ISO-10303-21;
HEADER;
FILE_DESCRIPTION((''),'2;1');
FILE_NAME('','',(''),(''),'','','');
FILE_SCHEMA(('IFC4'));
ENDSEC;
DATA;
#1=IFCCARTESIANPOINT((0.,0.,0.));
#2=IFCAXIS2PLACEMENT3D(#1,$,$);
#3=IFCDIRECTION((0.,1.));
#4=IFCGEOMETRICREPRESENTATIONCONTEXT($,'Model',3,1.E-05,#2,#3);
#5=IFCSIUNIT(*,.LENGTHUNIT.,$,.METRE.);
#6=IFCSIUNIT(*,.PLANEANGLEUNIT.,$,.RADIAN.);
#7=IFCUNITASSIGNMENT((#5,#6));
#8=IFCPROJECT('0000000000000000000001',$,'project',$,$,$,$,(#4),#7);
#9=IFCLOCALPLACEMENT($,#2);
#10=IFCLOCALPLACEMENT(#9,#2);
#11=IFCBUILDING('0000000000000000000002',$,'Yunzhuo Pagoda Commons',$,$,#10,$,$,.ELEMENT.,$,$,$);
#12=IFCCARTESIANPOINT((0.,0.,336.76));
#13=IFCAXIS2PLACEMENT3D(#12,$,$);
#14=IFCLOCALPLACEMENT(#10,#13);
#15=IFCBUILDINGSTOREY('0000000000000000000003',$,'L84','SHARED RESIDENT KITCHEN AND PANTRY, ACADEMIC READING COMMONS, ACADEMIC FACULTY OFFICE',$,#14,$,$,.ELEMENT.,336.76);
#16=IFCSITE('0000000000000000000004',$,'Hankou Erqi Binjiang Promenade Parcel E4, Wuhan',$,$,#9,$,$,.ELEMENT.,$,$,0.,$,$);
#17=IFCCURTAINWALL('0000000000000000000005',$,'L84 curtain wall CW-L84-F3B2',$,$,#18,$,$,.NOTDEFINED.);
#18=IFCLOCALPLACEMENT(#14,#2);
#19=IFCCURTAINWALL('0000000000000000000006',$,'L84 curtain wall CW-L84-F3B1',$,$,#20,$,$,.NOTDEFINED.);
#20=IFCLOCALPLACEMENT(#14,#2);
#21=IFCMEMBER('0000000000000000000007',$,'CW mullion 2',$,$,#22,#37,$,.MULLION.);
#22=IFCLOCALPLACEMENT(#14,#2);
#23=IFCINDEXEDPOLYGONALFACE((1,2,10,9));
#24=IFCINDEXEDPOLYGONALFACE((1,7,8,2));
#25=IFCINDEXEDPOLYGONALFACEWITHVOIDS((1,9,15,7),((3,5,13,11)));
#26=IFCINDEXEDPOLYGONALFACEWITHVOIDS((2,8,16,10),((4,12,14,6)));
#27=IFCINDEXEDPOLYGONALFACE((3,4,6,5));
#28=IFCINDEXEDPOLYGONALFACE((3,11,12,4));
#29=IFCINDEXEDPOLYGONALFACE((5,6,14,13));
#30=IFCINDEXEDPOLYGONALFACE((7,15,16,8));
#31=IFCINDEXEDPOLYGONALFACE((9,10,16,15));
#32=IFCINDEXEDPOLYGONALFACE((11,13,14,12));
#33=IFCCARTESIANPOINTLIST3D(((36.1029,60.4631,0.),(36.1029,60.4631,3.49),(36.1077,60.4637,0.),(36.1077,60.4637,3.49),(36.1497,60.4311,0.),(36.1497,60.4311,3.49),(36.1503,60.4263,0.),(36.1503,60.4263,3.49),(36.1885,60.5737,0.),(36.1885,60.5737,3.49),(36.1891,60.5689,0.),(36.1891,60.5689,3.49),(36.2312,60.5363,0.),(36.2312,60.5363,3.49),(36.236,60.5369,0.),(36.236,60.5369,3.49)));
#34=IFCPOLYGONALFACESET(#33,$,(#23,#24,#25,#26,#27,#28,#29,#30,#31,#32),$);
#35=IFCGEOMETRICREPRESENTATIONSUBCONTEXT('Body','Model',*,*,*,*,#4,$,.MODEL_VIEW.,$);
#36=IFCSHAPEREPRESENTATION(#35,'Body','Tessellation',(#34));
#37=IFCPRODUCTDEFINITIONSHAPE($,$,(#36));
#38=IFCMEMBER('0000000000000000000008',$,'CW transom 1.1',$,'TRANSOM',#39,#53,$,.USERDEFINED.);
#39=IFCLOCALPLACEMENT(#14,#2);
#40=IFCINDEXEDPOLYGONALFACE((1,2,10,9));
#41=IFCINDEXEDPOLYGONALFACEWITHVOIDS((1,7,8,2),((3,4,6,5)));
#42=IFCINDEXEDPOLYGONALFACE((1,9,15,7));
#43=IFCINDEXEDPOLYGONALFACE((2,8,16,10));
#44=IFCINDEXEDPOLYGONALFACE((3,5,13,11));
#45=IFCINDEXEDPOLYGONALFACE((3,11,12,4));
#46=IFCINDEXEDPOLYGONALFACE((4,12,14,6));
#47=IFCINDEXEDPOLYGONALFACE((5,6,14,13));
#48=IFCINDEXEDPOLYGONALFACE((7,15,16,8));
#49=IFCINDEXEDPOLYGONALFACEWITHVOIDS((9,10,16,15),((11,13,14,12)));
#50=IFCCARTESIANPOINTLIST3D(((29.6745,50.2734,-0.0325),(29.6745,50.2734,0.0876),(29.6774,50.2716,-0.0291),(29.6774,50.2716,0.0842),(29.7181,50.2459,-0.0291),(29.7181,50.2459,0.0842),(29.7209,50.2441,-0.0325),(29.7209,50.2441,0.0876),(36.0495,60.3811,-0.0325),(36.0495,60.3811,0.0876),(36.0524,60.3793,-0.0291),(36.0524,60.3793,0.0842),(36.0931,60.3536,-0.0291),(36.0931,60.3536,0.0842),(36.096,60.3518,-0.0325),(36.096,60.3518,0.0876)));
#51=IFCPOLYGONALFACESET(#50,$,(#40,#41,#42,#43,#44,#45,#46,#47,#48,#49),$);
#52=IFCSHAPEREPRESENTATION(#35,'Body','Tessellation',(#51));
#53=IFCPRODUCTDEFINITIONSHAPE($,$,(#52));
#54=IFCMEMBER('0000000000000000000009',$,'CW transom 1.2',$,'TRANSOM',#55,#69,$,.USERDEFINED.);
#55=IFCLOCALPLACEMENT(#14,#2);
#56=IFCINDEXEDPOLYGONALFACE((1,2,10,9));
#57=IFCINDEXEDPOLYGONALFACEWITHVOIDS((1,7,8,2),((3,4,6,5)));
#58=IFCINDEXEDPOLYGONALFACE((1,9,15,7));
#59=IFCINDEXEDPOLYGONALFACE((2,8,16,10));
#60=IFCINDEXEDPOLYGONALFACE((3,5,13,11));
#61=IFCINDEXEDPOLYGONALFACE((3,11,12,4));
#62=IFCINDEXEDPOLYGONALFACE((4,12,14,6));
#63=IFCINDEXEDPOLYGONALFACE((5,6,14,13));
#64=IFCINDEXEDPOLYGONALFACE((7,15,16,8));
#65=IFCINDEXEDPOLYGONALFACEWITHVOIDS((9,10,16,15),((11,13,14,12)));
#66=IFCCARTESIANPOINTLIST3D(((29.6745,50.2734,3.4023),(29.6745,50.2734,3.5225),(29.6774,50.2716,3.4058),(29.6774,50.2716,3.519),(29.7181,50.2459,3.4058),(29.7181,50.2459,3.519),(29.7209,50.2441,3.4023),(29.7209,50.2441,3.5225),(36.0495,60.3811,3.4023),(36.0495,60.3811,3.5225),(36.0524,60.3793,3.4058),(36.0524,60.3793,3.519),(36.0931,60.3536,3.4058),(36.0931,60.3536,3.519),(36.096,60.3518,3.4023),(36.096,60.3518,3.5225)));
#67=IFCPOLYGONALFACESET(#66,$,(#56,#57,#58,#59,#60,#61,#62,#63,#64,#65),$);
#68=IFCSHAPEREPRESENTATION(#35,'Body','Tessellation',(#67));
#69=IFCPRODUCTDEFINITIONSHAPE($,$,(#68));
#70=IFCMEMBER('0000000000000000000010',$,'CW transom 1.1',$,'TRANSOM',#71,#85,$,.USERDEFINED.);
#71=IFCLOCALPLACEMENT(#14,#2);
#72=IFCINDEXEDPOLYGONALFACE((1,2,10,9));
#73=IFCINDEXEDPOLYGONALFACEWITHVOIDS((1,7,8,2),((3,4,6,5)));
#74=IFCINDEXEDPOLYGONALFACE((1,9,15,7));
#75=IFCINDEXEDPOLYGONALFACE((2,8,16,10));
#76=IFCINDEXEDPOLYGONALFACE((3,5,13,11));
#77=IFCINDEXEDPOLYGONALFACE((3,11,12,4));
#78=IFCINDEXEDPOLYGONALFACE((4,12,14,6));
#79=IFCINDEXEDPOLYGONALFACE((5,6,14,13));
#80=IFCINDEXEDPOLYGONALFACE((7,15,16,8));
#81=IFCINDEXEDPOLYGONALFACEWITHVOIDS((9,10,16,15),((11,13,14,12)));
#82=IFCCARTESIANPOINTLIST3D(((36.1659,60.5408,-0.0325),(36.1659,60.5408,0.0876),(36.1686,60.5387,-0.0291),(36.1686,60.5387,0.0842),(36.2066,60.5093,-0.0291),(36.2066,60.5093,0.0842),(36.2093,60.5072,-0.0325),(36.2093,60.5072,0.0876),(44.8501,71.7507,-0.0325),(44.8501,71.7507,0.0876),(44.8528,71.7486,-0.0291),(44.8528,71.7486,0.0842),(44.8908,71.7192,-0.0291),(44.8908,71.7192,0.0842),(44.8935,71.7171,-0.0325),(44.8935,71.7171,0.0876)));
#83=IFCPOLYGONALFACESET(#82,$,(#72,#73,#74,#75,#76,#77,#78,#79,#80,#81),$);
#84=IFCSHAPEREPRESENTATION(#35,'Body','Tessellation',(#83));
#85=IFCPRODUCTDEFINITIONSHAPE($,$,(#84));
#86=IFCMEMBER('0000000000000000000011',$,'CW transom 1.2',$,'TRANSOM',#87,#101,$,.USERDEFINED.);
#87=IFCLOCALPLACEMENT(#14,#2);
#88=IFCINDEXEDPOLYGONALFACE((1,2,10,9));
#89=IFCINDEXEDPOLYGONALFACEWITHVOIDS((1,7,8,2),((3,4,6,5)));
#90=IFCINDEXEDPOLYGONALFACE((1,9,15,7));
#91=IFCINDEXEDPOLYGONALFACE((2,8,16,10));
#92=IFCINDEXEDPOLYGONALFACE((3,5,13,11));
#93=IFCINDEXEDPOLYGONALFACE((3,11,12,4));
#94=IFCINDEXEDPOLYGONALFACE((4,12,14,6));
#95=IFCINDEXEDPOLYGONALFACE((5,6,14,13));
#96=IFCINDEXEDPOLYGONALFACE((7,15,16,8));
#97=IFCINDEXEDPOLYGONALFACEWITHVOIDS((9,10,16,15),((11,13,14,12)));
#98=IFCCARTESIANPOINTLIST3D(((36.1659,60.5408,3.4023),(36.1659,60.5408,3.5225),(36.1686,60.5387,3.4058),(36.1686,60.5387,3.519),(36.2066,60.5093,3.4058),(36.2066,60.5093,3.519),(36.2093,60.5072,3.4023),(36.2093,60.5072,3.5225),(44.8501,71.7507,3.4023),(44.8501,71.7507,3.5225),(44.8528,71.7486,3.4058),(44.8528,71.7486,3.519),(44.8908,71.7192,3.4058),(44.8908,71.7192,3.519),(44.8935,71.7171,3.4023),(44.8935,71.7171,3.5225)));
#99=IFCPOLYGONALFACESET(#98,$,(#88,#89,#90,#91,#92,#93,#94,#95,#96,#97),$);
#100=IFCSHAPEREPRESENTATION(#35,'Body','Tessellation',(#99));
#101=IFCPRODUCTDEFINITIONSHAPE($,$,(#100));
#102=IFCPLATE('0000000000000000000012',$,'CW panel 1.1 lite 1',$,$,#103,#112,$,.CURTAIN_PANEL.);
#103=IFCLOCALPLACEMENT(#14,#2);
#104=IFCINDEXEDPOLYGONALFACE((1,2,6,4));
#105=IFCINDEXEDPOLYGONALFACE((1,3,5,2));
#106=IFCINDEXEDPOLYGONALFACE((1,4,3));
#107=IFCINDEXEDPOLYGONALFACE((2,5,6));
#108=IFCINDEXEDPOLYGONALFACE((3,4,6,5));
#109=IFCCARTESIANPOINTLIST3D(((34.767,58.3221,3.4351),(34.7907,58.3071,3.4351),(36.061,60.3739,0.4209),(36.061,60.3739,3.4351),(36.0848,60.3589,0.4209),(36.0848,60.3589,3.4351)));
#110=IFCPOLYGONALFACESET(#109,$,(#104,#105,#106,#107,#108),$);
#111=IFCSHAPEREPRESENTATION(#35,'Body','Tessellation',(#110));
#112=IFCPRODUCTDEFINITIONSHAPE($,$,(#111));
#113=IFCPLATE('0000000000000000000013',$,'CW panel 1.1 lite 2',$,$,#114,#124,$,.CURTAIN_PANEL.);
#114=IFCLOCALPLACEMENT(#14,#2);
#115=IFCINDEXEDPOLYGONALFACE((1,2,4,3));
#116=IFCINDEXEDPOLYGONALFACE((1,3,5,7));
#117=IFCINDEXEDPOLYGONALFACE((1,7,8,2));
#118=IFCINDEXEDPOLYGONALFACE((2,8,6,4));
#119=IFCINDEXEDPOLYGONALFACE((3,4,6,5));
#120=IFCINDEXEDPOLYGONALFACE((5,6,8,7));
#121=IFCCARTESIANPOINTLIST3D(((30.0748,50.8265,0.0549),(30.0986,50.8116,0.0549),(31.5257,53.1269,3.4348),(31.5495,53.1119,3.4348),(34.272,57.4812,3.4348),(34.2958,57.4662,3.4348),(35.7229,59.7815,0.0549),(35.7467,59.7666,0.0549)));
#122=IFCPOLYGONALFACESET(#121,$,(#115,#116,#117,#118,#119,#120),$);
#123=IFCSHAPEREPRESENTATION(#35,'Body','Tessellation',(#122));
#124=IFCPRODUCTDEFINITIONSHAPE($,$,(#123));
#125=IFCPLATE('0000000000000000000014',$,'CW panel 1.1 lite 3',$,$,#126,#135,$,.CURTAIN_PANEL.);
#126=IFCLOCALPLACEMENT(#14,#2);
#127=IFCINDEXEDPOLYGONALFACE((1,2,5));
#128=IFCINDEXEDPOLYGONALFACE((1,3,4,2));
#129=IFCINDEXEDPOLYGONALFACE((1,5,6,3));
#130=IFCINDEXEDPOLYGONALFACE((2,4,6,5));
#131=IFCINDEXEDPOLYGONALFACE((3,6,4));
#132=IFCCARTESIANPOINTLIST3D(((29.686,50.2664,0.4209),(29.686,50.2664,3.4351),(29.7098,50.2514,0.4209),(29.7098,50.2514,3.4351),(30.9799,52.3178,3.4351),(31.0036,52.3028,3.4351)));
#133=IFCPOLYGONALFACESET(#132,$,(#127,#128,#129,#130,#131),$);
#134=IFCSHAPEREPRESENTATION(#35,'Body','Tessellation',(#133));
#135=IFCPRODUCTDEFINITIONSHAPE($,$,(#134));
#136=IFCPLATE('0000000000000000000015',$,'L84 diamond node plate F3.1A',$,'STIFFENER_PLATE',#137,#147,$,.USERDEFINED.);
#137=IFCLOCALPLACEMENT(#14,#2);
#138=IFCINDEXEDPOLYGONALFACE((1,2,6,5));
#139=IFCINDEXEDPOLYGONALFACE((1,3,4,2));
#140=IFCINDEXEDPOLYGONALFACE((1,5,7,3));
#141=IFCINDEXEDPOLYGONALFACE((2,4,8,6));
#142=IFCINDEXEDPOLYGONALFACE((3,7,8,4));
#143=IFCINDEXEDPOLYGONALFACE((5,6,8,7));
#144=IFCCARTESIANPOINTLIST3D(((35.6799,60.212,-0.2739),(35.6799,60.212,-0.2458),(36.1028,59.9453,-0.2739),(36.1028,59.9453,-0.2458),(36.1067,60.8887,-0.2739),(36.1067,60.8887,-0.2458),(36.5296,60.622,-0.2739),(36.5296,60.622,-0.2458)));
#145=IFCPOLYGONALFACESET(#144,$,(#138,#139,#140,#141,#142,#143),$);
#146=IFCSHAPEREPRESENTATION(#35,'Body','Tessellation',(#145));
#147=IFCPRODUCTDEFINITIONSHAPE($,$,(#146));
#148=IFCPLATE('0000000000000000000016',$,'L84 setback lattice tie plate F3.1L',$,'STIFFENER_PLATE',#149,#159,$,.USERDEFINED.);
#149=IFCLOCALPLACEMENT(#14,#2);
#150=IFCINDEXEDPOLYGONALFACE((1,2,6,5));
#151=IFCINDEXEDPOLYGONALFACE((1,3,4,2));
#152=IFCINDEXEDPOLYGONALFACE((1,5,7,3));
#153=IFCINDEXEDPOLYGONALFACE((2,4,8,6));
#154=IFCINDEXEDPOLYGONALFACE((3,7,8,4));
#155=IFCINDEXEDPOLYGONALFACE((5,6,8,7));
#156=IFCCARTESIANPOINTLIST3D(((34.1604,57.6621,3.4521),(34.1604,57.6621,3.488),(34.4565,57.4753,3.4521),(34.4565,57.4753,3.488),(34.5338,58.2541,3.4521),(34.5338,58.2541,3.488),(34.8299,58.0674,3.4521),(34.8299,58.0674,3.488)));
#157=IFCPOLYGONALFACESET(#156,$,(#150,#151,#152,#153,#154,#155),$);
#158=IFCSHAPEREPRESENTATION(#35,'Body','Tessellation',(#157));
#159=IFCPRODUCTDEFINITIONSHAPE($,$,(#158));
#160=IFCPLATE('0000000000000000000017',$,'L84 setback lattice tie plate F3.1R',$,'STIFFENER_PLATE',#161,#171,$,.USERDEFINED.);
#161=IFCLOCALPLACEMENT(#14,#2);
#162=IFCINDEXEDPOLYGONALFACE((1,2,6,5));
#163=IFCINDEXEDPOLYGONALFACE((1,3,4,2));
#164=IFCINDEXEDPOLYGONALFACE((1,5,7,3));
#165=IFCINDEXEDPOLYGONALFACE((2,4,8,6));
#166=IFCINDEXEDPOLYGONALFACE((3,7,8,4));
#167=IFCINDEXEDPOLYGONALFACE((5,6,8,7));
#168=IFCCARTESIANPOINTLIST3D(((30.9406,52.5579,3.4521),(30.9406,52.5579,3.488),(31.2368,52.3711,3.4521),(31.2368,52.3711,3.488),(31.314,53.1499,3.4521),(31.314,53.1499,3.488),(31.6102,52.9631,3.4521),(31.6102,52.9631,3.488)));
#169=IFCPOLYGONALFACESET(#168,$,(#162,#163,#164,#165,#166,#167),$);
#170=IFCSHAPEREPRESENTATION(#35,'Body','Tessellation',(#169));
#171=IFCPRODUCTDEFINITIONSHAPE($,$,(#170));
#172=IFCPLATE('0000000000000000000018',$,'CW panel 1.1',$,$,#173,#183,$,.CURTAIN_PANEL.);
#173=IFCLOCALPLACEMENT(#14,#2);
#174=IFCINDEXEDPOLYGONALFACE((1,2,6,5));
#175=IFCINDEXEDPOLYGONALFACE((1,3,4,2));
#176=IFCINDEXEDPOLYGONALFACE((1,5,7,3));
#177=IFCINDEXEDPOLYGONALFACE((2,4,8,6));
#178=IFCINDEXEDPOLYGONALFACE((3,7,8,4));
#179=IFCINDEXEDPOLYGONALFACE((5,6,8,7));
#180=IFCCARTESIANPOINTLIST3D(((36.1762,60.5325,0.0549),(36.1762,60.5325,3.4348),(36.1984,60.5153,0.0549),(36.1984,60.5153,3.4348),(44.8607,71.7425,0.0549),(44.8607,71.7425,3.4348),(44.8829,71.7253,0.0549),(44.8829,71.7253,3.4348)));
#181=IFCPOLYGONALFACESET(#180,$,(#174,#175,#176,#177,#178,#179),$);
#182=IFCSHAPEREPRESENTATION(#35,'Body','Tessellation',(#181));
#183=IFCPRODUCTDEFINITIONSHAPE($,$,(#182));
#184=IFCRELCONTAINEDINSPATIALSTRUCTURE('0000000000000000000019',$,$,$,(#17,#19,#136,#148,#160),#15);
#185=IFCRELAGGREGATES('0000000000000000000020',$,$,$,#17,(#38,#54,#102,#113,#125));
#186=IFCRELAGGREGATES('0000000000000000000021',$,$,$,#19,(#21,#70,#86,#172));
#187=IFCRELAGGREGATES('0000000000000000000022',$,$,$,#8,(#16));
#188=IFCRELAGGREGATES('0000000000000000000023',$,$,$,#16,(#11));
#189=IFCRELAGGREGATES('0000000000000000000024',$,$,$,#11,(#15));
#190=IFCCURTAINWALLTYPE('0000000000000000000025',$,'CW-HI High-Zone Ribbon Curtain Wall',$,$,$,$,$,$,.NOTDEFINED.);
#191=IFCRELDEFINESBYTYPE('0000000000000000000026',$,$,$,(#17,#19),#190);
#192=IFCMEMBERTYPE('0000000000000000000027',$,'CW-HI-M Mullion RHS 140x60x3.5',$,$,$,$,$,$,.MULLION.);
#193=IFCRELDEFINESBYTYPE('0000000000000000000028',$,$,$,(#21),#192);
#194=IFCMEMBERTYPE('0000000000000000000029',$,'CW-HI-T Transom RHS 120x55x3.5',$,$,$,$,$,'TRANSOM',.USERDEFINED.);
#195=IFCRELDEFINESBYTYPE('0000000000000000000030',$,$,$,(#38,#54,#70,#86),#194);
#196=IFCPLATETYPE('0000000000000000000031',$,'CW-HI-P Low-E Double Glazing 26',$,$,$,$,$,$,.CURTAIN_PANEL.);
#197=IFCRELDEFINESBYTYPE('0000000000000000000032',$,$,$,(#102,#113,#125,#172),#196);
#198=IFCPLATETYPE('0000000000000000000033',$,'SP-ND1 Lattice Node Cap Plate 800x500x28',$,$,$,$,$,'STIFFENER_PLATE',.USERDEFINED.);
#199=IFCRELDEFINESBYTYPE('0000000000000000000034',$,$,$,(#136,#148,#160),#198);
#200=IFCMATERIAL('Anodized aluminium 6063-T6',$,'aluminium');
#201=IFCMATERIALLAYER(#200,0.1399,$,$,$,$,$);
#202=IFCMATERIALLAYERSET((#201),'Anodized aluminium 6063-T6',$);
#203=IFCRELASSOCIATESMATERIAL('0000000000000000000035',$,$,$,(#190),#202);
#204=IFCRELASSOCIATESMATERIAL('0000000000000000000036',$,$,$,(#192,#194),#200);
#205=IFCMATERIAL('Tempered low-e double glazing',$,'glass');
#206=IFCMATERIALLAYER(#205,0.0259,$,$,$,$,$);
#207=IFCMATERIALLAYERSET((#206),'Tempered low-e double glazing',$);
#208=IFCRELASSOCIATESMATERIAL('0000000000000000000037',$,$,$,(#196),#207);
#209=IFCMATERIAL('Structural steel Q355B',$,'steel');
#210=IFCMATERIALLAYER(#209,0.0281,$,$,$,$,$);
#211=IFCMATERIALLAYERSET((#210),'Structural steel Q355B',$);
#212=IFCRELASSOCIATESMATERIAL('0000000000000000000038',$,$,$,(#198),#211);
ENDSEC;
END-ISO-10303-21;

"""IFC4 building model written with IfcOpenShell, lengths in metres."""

from ifc_helpers import new_model, si_unit, direction, frame, origin, origin_2d, place, context, subcontext, project, spatial, polyline, rectangle, hollow_rectangle, outline, extrude, source, transform, mapped, material, layer, layer_set, material_profile, profile_set, type_object, element, aggregate, save


model = new_model("IFC4")

# Units and contexts
model_context = context("Model", 3, precision=1e-05, world=origin(), true_north=direction((0.0, 1.0)))
body_context = subcontext(model_context, "Body", "Model", "MODEL_VIEW")
ifc_project = project(units=[si_unit("LENGTHUNIT", "METRE"), si_unit("PLANEANGLEUNIT", "RADIAN")], contexts=[model_context])

# Site, building, storey
site_placement = place(None, origin())
site = spatial("IfcSite", under=ifc_project, at=site_placement, Name="Hankou Erqi Binjiang Promenade Parcel E4, Wuhan", CompositionType="ELEMENT", RefElevation=0.0)
building_placement = place(site_placement, origin())
building = spatial("IfcBuilding", under=site, at=building_placement, Name="Yunzhuo Pagoda Commons", CompositionType="ELEMENT")
storey_placement = place(building_placement, frame((0.0, 0.0, 336.76)))
storey = spatial("IfcBuildingStorey", under=building, at=storey_placement, Name="L84", Description="SHARED RESIDENT KITCHEN AND PANTRY, ACADEMIC READING COMMONS, ACADEMIC FACULTY OFFICE", CompositionType="ELEMENT", Elevation=336.76)

# Shared definitions
ifc_material_1 = material(Name="Structural steel Q355B", Category="steel")

# Curtain wall
ifc_material_2 = material(Name="Anodized aluminium 6063-T6", Category="aluminium")
ifc_layer_1 = layer(ifc_material_2, 0.1399)
ifc_layer_set_1 = layer_set([ifc_layer_1], Name="Anodized aluminium 6063-T6")
curtain_wall_type = type_object("IfcCurtainWallType", Name="CW-HI High-Zone Ribbon Curtain Wall", PredefinedType="NOTDEFINED", material=ifc_layer_set_1)
curtain_wall_1_placement = place(storey_placement, origin())
curtain_wall_1 = element("IfcCurtainWall", 1, at=curtain_wall_1_placement, inside=storey, type_object=curtain_wall_type, Name="L84 curtain wall CW-L84-F3B2", PredefinedType="NOTDEFINED")
ifc_material_profile_1 = material_profile(ifc_material_2, hollow_rectangle(XDim=0.0601, YDim=0.1399, WallThickness=0.0034, at=origin_2d()), Name="Anodized aluminium 6063-T6")
ifc_profile_set_1 = profile_set([ifc_material_profile_1], Name="Anodized aluminium 6063-T6")
member_type_1 = type_object("IfcMemberType", Name="CW-HI-M Mullion RHS 140x60x3.5", PredefinedType="MULLION", material=ifc_profile_set_1)
shared_shape_1 = source(origin(), body_context, "Body", "SweptSolid", [
    extrude(hollow_rectangle(XDim=0.0601, YDim=0.1399, WallThickness=0.0034, at=origin_2d()), origin(), (0.0, 0.0, 1.0), 3.49),
])

# Curtain wall, member
curtain_wall_2_placement = place(storey_placement, origin())
curtain_wall_2 = element("IfcCurtainWall", 2, at=curtain_wall_2_placement, inside=storey, type_object=curtain_wall_type, Name="L84 curtain wall CW-L84-F3B1", PredefinedType="NOTDEFINED")
member_1_placement = place(storey_placement, frame((36.1694, 60.5, 0.0), z_axis=(0.0, 0.0, 1.0), x_axis=(0.790527, -0.612427, 0.0)))
member_1 = element("IfcMember", 3, at=member_1_placement, type_object=member_type_1, Name="CW mullion 2", PredefinedType="MULLION", context=body_context, shape_type="MappedRepresentation", body=[
    mapped(shared_shape_1, transform((0.0, 0.0, 0.0), scale=1.0)),
])

# Members
ifc_material_profile_2 = material_profile(ifc_material_2, hollow_rectangle(XDim=0.0549, YDim=0.1201, WallThickness=0.0034, at=origin_2d()), Name="Anodized aluminium 6063-T6")
ifc_profile_set_2 = profile_set([ifc_material_profile_2], Name="Anodized aluminium 6063-T6")
member_type_2 = type_object("IfcMemberType", Name="CW-HI-T Transom RHS 120x55x3.5", ElementType="TRANSOM", PredefinedType="USERDEFINED", material=ifc_profile_set_2)
shared_shape_2 = source(origin(), body_context, "Body", "SweptSolid", [
    extrude(hollow_rectangle(XDim=0.0549, YDim=0.1201, WallThickness=0.0034, at=origin_2d()), origin(), (0.0, 0.0, 1.0), 11.9502),
])
member_2_placement = place(storey_placement, frame((36.0728, 60.3665, 0.0276), z_axis=(-0.533467, -0.845821, 0.0), x_axis=(0.845821, -0.533467, 0.0)))
member_2 = element("IfcMember", 4, at=member_2_placement, type_object=member_type_2, Name="CW transom 1.1", ObjectType="TRANSOM", PredefinedType="USERDEFINED", context=body_context, shape_type="MappedRepresentation", body=[
    mapped(shared_shape_2, transform((0.0, 0.0, 0.0), scale=1.0)),
])
member_3_placement = place(storey_placement, frame((36.0728, 60.3665, 3.4624), z_axis=(-0.533467, -0.845821, 0.0), x_axis=(0.845821, -0.533467, 0.0)))
member_3 = element("IfcMember", 5, at=member_3_placement, type_object=member_type_2, Name="CW transom 1.2", ObjectType="TRANSOM", PredefinedType="USERDEFINED", context=body_context, shape_type="MappedRepresentation", body=[
    mapped(shared_shape_2, transform((0.0, 0.0, 0.0), scale=1.0)),
])
shared_shape_3 = source(origin(), body_context, "Body", "SweptSolid", [
    extrude(hollow_rectangle(XDim=0.0549, YDim=0.1201, WallThickness=0.0034, at=origin_2d()), origin(), (0.0, 0.0, 1.0), 14.1802),
])
member_4_placement = place(storey_placement, frame((44.8718, 71.7339, 0.0276), z_axis=(-0.612422, -0.790531, 0.0), x_axis=(0.790531, -0.612422, 0.0)))
member_4 = element("IfcMember", 6, at=member_4_placement, type_object=member_type_2, Name="CW transom 1.1", ObjectType="TRANSOM", PredefinedType="USERDEFINED", context=body_context, shape_type="MappedRepresentation", body=[
    mapped(shared_shape_3, transform((0.0, 0.0, 0.0), scale=1.0)),
])
member_5_placement = place(storey_placement, frame((44.8718, 71.7339, 3.4624), z_axis=(-0.612422, -0.790531, 0.0), x_axis=(0.790531, -0.612422, 0.0)))
member_5 = element("IfcMember", 7, at=member_5_placement, type_object=member_type_2, Name="CW transom 1.2", ObjectType="TRANSOM", PredefinedType="USERDEFINED", context=body_context, shape_type="MappedRepresentation", body=[
    mapped(shared_shape_3, transform((0.0, 0.0, 0.0), scale=1.0)),
])

# Plates
ifc_material_3 = material(Name="Tempered low-e double glazing", Category="glass")
ifc_layer_2 = layer(ifc_material_3, 0.0259)
ifc_layer_set_2 = layer_set([ifc_layer_2], Name="Tempered low-e double glazing")
plate_type_1 = type_object("IfcPlateType", Name="CW-HI-P Low-E Double Glazing 26", PredefinedType="CURTAIN_PANEL", material=ifc_layer_set_2)
plate_1_placement = place(storey_placement, frame((35.4377, 59.333, 1.928), z_axis=(-0.845818, 0.533472, 0.0), x_axis=(-0.533472, -0.845818, 0.0)))
plate_1 = element("IfcPlate", 8, at=plate_1_placement, type_object=plate_type_1, Name="CW panel 1.1 lite 1", PredefinedType="CURTAIN_PANEL", context=body_context, shape_type="SweptSolid", body=[
    extrude(outline(polyline([(-1.2129, -1.5071), (1.2129, 1.5071), (-1.2129, 1.5071), (-1.2129, -1.5071)])), origin(), (0.0, 0.0, 1.0), 0.0281),
])
plate_2_placement = place(storey_placement, frame((32.9226, 55.2891, 1.7449), z_axis=(-0.845818, 0.533472, 0.0), x_axis=(-0.533472, -0.845818, 0.0)))
plate_2 = element("IfcPlate", 9, at=plate_2_placement, type_object=plate_type_1, Name="CW panel 1.1 lite 2", PredefinedType="CURTAIN_PANEL", context=body_context, shape_type="SweptSolid", body=[
    extrude(outline(polyline([(-5.2937, -1.6899), (5.2937, -1.6899), (2.574, 1.6899), (-2.574, 1.6899), (-5.2937, -1.6899)])), origin(), (0.0, 0.0, 1.0), 0.0281),
])
plate_3_placement = place(storey_placement, frame((30.3567, 51.2771, 1.928), z_axis=(-0.845818, 0.533472, 0.0), x_axis=(-0.533472, -0.845818, 0.0)))
plate_3 = element("IfcPlate", 10, at=plate_3_placement, type_object=plate_type_1, Name="CW panel 1.1 lite 3", PredefinedType="CURTAIN_PANEL", context=body_context, shape_type="SweptSolid", body=[
    extrude(outline(polyline([(-1.2126, 1.5071), (1.2126, -1.5071), (1.2126, 1.5071), (-1.2126, 1.5071)])), origin(), (0.0, 0.0, 1.0), 0.0281),
])
aggregate(curtain_wall_1, [member_2, member_3, plate_1, plate_2, plate_3])

# Plates
ifc_layer_3 = layer(ifc_material_1, 0.0281)
ifc_layer_set_3 = layer_set([ifc_layer_3], Name="Structural steel Q355B")
plate_type_2 = type_object("IfcPlateType", Name="SP-ND1 Lattice Node Cap Plate 800x500x28", ElementType="STIFFENER_PLATE", PredefinedType="USERDEFINED", material=ifc_layer_set_3)
shared_shape_4 = source(origin(), body_context, "Body", "SweptSolid", [
    extrude(rectangle(XDim=0.8, YDim=0.5, at=origin_2d()), origin(), (0.0, 0.0, 1.0), 0.0281),
])
plate_4_placement = place(storey_placement, frame((36.1047, 60.417, -0.2739), z_axis=(0.0, 0.0, 1.0), x_axis=(-0.533467, -0.845821, 0.0)))
element("IfcPlate", 11, at=plate_4_placement, inside=storey, type_object=plate_type_2, Name="L84 diamond node plate F3.1A", ObjectType="STIFFENER_PLATE", PredefinedType="USERDEFINED", context=body_context, shape_type="MappedRepresentation", body=[
    mapped(shared_shape_4, transform((0.0, 0.0, 0.0), scale=1.0)),
])
shared_shape_5 = source(origin(), body_context, "Body", "SweptSolid", [
    extrude(rectangle(XDim=0.7, YDim=0.3501, at=origin_2d()), origin(), (0.0, 0.0, 1.0), 0.0359),
])
for number, where, z_axis, x_axis, name in (
    (12, (34.4951, 57.8647, 3.4521), (0.0, 0.0, 1.0), (-0.533467, -0.845821, 0.0), "L84 setback lattice tie plate F3.1L"),
    (13, (31.2754, 52.7605, 3.4521), (0.0, 0.0, 1.0), (-0.533467, -0.845821, 0.0), "L84 setback lattice tie plate F3.1R"),
):
    element("IfcPlate", number, at=place(storey_placement, frame(where, z_axis=z_axis, x_axis=x_axis)), inside=storey, type_object=plate_type_2, Name=name, ObjectType="STIFFENER_PLATE", PredefinedType="USERDEFINED", context=body_context, shape_type="MappedRepresentation", body=[
        mapped(shared_shape_5, transform((0.0, 0.0, 0.0), scale=1.0)),
    ])

# Plate
shared_shape_6 = source(origin(), body_context, "Body", "SweptSolid", [
    extrude(rectangle(XDim=14.1804, YDim=0.0281, at=origin_2d()), origin(), (0.0, 0.0, 1.0), 3.3799),
])
plate_5_placement = place(storey_placement, frame((40.5295, 66.1289, 0.0549), z_axis=(0.0, 0.0, 1.0), x_axis=(-0.612427, -0.790527, 0.0)))
plate_5 = element("IfcPlate", 14, at=plate_5_placement, type_object=plate_type_1, Name="CW panel 1.1", PredefinedType="CURTAIN_PANEL", context=body_context, shape_type="MappedRepresentation", body=[
    mapped(shared_shape_6, transform((0.0, 0.0, 0.0), scale=1.0)),
])
aggregate(curtain_wall_2, [member_1, member_4, member_5, plate_5])

save(model, "model.ifc")
